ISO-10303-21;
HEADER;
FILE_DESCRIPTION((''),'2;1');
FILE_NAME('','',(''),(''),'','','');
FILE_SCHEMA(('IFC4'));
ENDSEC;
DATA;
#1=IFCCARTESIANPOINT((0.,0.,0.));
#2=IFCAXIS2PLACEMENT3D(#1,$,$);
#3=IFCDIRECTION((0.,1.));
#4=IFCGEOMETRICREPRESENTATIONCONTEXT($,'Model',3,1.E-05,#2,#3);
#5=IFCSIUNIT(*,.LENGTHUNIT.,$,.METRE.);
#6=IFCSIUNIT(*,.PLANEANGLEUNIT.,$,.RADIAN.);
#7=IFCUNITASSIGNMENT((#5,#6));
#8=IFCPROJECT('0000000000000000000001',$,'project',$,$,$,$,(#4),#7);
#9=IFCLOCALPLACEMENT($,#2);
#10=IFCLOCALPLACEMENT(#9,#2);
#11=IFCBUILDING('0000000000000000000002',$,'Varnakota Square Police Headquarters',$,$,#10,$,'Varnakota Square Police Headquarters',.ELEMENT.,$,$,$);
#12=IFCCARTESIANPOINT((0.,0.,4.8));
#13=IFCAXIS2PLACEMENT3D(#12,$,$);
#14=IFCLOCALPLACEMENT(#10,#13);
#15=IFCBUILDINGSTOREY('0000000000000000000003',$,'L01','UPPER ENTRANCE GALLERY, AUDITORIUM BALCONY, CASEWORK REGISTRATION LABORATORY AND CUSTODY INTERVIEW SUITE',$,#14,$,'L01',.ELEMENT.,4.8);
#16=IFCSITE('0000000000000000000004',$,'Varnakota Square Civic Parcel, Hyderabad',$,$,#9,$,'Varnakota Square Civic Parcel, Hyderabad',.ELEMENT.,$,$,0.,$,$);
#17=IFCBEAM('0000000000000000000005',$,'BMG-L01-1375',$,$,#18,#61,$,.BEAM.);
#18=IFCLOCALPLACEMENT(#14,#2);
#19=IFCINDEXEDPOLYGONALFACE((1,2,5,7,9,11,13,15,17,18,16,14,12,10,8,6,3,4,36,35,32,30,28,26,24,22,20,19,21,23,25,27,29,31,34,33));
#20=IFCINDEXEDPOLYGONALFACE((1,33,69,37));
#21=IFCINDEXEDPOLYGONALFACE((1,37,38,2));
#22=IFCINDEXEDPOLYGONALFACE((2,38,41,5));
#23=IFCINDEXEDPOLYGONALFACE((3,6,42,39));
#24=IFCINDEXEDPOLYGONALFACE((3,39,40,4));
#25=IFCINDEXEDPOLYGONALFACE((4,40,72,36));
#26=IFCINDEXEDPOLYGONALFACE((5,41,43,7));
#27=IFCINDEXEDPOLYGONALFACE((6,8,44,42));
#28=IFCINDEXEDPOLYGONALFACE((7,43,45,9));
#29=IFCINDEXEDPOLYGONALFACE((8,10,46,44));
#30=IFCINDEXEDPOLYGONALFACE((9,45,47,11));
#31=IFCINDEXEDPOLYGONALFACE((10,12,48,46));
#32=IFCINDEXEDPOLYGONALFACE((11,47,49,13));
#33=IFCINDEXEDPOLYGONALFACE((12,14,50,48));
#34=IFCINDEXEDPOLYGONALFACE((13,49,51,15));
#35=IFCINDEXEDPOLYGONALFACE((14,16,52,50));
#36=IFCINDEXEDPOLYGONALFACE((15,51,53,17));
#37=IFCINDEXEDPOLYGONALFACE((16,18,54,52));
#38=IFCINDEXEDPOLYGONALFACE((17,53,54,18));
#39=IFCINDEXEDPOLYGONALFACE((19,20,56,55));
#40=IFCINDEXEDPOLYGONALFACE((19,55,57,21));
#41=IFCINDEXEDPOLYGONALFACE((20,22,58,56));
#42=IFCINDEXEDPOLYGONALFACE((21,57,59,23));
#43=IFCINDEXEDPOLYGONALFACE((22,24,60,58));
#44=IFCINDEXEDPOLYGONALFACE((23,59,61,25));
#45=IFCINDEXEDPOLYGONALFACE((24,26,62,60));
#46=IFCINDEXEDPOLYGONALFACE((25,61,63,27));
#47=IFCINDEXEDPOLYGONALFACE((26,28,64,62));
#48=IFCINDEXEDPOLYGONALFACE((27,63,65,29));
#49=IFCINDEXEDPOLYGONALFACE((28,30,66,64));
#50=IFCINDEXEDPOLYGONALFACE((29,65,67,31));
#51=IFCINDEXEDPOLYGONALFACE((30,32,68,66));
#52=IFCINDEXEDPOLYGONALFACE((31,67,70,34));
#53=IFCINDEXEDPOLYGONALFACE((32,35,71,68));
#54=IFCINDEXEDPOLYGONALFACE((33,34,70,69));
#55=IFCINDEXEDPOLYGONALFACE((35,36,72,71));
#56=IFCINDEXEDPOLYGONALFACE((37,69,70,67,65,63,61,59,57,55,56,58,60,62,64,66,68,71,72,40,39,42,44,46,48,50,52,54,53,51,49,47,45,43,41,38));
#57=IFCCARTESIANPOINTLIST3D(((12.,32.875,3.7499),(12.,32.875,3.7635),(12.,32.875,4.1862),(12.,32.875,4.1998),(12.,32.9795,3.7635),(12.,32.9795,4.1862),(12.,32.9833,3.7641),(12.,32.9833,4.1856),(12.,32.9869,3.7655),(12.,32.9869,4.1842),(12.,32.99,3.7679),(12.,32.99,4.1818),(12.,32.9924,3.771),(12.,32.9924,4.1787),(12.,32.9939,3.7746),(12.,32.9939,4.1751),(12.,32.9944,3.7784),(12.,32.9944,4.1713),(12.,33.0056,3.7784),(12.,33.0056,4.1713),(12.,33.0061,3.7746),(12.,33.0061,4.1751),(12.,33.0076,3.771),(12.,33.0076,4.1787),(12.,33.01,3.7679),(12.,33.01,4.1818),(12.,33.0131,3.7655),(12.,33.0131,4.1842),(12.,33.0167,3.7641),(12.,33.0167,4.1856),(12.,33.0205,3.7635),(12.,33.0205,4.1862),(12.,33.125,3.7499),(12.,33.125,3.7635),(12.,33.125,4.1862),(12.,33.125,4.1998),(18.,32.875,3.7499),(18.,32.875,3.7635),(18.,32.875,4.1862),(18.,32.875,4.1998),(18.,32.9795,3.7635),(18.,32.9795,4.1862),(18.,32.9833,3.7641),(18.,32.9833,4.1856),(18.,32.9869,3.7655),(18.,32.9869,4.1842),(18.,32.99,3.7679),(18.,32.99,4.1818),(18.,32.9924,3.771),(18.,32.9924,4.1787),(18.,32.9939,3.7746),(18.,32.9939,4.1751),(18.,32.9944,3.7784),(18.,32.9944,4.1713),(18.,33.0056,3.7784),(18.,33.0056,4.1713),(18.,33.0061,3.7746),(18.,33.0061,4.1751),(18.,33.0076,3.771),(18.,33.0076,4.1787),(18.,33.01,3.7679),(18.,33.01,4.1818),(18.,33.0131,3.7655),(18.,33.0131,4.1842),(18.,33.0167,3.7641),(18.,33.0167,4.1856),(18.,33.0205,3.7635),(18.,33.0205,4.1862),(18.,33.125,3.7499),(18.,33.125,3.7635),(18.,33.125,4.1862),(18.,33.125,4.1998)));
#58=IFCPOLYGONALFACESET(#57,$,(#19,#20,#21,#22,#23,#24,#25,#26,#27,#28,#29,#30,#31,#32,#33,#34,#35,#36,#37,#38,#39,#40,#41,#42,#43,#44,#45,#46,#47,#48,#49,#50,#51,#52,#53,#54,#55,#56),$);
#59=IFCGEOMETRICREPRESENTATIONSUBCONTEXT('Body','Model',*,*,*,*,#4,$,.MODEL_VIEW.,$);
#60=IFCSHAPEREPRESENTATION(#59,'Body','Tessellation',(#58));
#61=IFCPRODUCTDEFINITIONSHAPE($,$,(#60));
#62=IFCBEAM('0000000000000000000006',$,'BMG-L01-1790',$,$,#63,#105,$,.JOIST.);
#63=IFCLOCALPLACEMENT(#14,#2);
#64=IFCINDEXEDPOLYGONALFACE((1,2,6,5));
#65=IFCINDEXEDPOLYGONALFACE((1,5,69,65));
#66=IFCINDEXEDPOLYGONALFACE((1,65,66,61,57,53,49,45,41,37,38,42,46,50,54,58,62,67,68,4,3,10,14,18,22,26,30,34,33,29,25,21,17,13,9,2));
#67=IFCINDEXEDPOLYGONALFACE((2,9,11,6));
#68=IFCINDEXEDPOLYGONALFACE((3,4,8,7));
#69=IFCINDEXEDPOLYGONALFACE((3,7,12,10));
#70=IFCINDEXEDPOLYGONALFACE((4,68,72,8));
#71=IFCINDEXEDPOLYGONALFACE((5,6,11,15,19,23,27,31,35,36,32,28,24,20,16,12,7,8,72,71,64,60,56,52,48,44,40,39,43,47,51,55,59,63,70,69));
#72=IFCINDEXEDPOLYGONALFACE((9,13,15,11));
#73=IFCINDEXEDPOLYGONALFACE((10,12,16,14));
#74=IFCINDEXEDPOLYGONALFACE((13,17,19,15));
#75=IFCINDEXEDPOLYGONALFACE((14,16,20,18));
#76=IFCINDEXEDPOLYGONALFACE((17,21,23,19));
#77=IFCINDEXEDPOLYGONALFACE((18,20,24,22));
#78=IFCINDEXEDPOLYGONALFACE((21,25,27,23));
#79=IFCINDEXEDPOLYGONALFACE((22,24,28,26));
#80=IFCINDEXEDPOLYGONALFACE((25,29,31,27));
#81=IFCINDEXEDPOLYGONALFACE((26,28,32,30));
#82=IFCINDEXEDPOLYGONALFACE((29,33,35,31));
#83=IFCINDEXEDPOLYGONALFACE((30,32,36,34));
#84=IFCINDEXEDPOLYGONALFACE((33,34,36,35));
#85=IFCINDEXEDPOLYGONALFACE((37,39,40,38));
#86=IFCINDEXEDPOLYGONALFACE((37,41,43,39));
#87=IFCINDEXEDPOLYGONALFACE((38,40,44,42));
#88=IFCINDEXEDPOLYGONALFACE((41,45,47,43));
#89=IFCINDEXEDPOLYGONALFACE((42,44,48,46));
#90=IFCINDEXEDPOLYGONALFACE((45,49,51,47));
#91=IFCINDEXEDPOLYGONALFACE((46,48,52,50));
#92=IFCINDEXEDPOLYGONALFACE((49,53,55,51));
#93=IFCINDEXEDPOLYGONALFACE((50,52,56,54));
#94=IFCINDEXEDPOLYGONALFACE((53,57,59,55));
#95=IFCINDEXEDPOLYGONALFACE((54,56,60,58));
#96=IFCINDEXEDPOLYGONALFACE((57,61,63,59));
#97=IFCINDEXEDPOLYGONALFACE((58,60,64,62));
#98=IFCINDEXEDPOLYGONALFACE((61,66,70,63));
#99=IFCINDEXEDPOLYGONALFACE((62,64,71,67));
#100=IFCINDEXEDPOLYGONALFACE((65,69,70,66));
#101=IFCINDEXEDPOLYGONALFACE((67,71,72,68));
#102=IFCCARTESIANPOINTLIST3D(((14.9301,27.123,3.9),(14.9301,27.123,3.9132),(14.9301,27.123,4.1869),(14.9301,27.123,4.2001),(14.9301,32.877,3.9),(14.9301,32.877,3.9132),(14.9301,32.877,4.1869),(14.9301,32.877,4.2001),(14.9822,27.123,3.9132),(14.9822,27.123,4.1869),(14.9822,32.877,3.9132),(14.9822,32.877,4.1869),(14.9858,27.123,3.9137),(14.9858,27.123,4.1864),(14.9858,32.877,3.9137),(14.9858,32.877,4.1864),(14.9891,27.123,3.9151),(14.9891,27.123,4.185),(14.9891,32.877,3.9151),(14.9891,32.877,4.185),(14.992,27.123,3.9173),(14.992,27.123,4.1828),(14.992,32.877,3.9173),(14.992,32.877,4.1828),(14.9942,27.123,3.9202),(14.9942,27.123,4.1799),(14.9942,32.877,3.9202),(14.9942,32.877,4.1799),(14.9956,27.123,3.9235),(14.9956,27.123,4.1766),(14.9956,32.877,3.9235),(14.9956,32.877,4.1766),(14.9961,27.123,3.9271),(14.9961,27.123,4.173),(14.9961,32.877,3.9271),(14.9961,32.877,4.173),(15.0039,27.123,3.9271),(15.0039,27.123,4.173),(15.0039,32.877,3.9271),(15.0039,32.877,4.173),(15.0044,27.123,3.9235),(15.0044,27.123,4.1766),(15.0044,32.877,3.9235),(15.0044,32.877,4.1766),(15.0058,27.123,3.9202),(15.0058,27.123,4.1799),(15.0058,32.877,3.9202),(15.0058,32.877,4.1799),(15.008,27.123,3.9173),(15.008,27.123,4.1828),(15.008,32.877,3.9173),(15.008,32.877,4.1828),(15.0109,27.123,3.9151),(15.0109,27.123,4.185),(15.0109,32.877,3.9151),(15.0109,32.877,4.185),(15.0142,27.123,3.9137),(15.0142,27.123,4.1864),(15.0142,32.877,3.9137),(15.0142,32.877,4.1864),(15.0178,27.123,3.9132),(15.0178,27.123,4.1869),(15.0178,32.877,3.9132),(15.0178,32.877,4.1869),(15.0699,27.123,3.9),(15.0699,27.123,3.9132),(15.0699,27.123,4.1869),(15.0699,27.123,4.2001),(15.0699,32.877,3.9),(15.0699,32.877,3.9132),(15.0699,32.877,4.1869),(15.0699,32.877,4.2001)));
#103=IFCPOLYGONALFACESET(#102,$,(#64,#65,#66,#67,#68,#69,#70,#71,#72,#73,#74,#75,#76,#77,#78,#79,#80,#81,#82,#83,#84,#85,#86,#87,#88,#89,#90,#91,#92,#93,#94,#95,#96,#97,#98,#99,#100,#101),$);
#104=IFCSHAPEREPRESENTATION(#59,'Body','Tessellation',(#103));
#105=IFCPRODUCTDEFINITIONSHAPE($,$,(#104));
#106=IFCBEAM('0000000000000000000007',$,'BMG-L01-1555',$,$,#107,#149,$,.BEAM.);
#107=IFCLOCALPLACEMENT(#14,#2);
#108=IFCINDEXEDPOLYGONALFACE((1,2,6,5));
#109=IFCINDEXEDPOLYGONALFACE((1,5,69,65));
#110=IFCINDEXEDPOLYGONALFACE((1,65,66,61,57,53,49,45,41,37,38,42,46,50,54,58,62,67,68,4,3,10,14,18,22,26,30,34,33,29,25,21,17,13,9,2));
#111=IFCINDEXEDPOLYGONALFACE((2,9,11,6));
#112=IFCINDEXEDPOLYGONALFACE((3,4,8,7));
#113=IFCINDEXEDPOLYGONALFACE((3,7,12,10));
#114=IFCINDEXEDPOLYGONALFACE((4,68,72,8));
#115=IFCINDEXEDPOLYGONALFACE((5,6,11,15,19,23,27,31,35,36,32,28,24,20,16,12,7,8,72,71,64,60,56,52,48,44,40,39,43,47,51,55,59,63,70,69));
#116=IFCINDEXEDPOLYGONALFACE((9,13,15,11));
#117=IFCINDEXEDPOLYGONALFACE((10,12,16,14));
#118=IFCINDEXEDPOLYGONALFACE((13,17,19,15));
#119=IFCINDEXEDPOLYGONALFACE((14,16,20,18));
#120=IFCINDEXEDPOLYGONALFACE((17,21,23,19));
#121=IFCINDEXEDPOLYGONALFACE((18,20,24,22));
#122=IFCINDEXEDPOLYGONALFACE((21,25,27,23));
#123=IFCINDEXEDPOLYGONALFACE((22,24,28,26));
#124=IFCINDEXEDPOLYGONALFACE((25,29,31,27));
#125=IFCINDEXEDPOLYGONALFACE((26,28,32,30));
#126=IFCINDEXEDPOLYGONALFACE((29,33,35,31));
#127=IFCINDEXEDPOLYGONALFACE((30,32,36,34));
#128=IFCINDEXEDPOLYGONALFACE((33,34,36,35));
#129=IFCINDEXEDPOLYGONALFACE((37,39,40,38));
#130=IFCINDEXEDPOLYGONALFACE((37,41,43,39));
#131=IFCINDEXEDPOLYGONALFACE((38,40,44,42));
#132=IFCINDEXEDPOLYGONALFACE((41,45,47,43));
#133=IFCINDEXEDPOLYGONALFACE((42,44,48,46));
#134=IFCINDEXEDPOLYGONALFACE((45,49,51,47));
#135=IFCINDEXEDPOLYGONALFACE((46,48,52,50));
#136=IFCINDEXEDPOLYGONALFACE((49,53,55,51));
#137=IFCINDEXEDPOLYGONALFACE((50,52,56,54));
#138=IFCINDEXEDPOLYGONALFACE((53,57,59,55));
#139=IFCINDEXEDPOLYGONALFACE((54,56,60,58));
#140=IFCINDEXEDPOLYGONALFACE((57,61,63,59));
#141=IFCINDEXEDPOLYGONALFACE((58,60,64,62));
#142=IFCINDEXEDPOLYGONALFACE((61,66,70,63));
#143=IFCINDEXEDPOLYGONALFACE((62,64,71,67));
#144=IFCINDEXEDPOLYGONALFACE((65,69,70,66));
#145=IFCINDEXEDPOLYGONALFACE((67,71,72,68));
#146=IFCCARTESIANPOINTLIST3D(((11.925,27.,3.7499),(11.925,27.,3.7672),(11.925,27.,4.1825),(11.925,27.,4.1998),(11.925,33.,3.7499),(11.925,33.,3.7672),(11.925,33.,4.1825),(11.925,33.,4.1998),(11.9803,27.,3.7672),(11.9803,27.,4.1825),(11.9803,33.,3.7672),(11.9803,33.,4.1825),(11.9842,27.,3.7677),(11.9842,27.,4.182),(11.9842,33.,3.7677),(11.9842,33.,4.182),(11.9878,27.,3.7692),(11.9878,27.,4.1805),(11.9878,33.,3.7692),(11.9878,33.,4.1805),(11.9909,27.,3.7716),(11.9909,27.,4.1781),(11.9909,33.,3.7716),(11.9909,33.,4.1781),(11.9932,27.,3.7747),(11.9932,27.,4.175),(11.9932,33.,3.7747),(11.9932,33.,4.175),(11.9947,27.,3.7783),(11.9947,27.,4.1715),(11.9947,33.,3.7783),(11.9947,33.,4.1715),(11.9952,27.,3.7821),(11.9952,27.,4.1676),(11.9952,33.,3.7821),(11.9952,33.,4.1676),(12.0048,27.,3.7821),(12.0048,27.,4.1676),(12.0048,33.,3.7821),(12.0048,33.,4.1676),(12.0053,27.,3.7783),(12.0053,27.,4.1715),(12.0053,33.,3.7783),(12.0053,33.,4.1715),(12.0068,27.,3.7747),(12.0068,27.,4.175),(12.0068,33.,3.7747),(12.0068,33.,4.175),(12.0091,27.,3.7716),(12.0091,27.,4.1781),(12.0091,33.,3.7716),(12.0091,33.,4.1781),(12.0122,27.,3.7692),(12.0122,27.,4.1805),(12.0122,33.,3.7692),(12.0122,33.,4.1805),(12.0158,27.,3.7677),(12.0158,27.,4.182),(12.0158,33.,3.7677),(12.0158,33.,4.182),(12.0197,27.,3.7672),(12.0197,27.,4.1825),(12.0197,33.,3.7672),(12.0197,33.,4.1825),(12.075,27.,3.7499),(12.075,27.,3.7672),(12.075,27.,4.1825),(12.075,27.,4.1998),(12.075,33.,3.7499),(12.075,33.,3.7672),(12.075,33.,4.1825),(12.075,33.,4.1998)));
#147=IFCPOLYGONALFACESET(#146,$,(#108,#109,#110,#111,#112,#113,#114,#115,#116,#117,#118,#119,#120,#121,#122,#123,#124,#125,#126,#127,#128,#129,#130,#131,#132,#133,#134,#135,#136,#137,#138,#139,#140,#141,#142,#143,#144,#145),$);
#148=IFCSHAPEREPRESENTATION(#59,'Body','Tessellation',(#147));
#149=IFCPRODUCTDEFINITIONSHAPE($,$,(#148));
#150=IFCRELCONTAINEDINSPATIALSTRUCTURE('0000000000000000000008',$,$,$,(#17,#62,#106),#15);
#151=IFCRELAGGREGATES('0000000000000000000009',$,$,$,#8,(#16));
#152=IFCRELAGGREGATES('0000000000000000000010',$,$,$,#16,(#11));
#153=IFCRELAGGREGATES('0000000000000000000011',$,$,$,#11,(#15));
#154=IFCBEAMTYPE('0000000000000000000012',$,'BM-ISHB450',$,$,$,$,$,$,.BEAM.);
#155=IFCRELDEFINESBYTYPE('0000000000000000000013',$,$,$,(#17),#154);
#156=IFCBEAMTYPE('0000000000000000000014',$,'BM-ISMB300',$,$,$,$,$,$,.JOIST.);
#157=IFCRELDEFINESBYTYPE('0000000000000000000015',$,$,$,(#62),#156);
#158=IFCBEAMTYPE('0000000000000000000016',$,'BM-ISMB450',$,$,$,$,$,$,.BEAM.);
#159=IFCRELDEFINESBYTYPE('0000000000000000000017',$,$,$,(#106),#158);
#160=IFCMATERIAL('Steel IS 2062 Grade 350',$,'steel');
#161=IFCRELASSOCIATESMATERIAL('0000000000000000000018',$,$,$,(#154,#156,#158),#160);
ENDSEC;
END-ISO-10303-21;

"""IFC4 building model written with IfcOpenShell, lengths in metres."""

from ifc_helpers import new_model, si_unit, direction, frame, origin, origin_2d, place, context, subcontext, project, spatial, i_section, extrude, material, material_profile, profile_set, type_object, element, save


model = new_model("IFC4")

# Units and contexts
model_context = context("Model", 3, precision=1e-05, world=origin(), true_north=direction((0.0, 1.0)))
body_context = subcontext(model_context, "Body", "Model", "MODEL_VIEW")
ifc_project = project(units=[si_unit("LENGTHUNIT", "METRE"), si_unit("PLANEANGLEUNIT", "RADIAN")], contexts=[model_context])

# Site, building, storey
site_placement = place(None, origin())
site = spatial("IfcSite", under=ifc_project, at=site_placement, Name="Varnakota Square Civic Parcel, Hyderabad", LongName="Varnakota Square Civic Parcel, Hyderabad", CompositionType="ELEMENT", RefElevation=0.0)
building_placement = place(site_placement, origin())
building = spatial("IfcBuilding", under=site, at=building_placement, Name="Varnakota Square Police Headquarters", LongName="Varnakota Square Police Headquarters", CompositionType="ELEMENT")
storey_placement = place(building_placement, frame((0.0, 0.0, 4.8)))
storey = spatial("IfcBuildingStorey", under=building, at=storey_placement, Name="L01", Description="UPPER ENTRANCE GALLERY, AUDITORIUM BALCONY, CASEWORK REGISTRATION LABORATORY AND CUSTODY INTERVIEW SUITE", LongName="L01", CompositionType="ELEMENT", Elevation=4.8)

# Shared definitions
ifc_material_1 = material(Name="Steel IS 2062 Grade 350", Category="steel")

# Beams
ifc_material_profile_1 = material_profile(ifc_material_1, i_section(OverallWidth=0.25, OverallDepth=0.45, WebThickness=0.0112, FlangeThickness=0.0137, FilletRadius=0.0149, at=origin_2d()), Name="ISHB 450")
ifc_profile_set_1 = profile_set([ifc_material_profile_1], Name="Steel IS 2062 Grade 350")
beam_type_1 = type_object("IfcBeamType", Name="BM-ISHB450", PredefinedType="BEAM", material=ifc_profile_set_1)
beam_1_placement = place(storey_placement, frame((12.0, 33.0, 3.9749), z_axis=(1.0, 0.0, 0.0), x_axis=(0.0, 1.0, 0.0)))
element("IfcBeam", 1, at=beam_1_placement, inside=storey, type_object=beam_type_1, Name="BMG-L01-1375", PredefinedType="BEAM", context=body_context, shape_type="SweptSolid", body=[
    extrude(i_section(OverallWidth=0.25, OverallDepth=0.45, WebThickness=0.0112, FlangeThickness=0.0137, FilletRadius=0.0149, at=origin_2d()), origin(), (0.0, 0.0, 1.0), 6.0),
])
ifc_material_profile_2 = material_profile(ifc_material_1, i_section(OverallWidth=0.1399, OverallDepth=0.3, WebThickness=0.0078, FlangeThickness=0.0132, FilletRadius=0.0139, at=origin_2d()), Name="ISMB 300")
ifc_profile_set_2 = profile_set([ifc_material_profile_2], Name="Steel IS 2062 Grade 350")
beam_type_2 = type_object("IfcBeamType", Name="BM-ISMB300", PredefinedType="JOIST", material=ifc_profile_set_2)
beam_2_placement = place(storey_placement, frame((15.0, 27.123, 4.05), z_axis=(0.0, 1.0, 0.0), x_axis=(-1.0, 0.0, 0.0)))
element("IfcBeam", 2, at=beam_2_placement, inside=storey, type_object=beam_type_2, Name="BMG-L01-1790", PredefinedType="JOIST", context=body_context, shape_type="SweptSolid", body=[
    extrude(i_section(OverallWidth=0.1399, OverallDepth=0.3, WebThickness=0.0078, FlangeThickness=0.0132, FilletRadius=0.0139, at=origin_2d()), origin(), (0.0, 0.0, 1.0), 5.7539),
])
ifc_material_profile_3 = material_profile(ifc_material_1, i_section(OverallWidth=0.1499, OverallDepth=0.45, WebThickness=0.0095, FlangeThickness=0.0173, FilletRadius=0.0149, at=origin_2d()), Name="ISMB 450")
ifc_profile_set_3 = profile_set([ifc_material_profile_3], Name="Steel IS 2062 Grade 350")
beam_type_3 = type_object("IfcBeamType", Name="BM-ISMB450", PredefinedType="BEAM", material=ifc_profile_set_3)
beam_3_placement = place(storey_placement, frame((12.0, 27.0, 3.9749), z_axis=(0.0, 1.0, 0.0), x_axis=(-1.0, 0.0, 0.0)))
element("IfcBeam", 3, at=beam_3_placement, inside=storey, type_object=beam_type_3, Name="BMG-L01-1555", PredefinedType="BEAM", context=body_context, shape_type="SweptSolid", body=[
    extrude(i_section(OverallWidth=0.1499, OverallDepth=0.45, WebThickness=0.0095, FlangeThickness=0.0173, FilletRadius=0.0149, at=origin_2d()), origin(), (0.0, 0.0, 1.0), 6.0),
])

save(model, "model.ifc")
